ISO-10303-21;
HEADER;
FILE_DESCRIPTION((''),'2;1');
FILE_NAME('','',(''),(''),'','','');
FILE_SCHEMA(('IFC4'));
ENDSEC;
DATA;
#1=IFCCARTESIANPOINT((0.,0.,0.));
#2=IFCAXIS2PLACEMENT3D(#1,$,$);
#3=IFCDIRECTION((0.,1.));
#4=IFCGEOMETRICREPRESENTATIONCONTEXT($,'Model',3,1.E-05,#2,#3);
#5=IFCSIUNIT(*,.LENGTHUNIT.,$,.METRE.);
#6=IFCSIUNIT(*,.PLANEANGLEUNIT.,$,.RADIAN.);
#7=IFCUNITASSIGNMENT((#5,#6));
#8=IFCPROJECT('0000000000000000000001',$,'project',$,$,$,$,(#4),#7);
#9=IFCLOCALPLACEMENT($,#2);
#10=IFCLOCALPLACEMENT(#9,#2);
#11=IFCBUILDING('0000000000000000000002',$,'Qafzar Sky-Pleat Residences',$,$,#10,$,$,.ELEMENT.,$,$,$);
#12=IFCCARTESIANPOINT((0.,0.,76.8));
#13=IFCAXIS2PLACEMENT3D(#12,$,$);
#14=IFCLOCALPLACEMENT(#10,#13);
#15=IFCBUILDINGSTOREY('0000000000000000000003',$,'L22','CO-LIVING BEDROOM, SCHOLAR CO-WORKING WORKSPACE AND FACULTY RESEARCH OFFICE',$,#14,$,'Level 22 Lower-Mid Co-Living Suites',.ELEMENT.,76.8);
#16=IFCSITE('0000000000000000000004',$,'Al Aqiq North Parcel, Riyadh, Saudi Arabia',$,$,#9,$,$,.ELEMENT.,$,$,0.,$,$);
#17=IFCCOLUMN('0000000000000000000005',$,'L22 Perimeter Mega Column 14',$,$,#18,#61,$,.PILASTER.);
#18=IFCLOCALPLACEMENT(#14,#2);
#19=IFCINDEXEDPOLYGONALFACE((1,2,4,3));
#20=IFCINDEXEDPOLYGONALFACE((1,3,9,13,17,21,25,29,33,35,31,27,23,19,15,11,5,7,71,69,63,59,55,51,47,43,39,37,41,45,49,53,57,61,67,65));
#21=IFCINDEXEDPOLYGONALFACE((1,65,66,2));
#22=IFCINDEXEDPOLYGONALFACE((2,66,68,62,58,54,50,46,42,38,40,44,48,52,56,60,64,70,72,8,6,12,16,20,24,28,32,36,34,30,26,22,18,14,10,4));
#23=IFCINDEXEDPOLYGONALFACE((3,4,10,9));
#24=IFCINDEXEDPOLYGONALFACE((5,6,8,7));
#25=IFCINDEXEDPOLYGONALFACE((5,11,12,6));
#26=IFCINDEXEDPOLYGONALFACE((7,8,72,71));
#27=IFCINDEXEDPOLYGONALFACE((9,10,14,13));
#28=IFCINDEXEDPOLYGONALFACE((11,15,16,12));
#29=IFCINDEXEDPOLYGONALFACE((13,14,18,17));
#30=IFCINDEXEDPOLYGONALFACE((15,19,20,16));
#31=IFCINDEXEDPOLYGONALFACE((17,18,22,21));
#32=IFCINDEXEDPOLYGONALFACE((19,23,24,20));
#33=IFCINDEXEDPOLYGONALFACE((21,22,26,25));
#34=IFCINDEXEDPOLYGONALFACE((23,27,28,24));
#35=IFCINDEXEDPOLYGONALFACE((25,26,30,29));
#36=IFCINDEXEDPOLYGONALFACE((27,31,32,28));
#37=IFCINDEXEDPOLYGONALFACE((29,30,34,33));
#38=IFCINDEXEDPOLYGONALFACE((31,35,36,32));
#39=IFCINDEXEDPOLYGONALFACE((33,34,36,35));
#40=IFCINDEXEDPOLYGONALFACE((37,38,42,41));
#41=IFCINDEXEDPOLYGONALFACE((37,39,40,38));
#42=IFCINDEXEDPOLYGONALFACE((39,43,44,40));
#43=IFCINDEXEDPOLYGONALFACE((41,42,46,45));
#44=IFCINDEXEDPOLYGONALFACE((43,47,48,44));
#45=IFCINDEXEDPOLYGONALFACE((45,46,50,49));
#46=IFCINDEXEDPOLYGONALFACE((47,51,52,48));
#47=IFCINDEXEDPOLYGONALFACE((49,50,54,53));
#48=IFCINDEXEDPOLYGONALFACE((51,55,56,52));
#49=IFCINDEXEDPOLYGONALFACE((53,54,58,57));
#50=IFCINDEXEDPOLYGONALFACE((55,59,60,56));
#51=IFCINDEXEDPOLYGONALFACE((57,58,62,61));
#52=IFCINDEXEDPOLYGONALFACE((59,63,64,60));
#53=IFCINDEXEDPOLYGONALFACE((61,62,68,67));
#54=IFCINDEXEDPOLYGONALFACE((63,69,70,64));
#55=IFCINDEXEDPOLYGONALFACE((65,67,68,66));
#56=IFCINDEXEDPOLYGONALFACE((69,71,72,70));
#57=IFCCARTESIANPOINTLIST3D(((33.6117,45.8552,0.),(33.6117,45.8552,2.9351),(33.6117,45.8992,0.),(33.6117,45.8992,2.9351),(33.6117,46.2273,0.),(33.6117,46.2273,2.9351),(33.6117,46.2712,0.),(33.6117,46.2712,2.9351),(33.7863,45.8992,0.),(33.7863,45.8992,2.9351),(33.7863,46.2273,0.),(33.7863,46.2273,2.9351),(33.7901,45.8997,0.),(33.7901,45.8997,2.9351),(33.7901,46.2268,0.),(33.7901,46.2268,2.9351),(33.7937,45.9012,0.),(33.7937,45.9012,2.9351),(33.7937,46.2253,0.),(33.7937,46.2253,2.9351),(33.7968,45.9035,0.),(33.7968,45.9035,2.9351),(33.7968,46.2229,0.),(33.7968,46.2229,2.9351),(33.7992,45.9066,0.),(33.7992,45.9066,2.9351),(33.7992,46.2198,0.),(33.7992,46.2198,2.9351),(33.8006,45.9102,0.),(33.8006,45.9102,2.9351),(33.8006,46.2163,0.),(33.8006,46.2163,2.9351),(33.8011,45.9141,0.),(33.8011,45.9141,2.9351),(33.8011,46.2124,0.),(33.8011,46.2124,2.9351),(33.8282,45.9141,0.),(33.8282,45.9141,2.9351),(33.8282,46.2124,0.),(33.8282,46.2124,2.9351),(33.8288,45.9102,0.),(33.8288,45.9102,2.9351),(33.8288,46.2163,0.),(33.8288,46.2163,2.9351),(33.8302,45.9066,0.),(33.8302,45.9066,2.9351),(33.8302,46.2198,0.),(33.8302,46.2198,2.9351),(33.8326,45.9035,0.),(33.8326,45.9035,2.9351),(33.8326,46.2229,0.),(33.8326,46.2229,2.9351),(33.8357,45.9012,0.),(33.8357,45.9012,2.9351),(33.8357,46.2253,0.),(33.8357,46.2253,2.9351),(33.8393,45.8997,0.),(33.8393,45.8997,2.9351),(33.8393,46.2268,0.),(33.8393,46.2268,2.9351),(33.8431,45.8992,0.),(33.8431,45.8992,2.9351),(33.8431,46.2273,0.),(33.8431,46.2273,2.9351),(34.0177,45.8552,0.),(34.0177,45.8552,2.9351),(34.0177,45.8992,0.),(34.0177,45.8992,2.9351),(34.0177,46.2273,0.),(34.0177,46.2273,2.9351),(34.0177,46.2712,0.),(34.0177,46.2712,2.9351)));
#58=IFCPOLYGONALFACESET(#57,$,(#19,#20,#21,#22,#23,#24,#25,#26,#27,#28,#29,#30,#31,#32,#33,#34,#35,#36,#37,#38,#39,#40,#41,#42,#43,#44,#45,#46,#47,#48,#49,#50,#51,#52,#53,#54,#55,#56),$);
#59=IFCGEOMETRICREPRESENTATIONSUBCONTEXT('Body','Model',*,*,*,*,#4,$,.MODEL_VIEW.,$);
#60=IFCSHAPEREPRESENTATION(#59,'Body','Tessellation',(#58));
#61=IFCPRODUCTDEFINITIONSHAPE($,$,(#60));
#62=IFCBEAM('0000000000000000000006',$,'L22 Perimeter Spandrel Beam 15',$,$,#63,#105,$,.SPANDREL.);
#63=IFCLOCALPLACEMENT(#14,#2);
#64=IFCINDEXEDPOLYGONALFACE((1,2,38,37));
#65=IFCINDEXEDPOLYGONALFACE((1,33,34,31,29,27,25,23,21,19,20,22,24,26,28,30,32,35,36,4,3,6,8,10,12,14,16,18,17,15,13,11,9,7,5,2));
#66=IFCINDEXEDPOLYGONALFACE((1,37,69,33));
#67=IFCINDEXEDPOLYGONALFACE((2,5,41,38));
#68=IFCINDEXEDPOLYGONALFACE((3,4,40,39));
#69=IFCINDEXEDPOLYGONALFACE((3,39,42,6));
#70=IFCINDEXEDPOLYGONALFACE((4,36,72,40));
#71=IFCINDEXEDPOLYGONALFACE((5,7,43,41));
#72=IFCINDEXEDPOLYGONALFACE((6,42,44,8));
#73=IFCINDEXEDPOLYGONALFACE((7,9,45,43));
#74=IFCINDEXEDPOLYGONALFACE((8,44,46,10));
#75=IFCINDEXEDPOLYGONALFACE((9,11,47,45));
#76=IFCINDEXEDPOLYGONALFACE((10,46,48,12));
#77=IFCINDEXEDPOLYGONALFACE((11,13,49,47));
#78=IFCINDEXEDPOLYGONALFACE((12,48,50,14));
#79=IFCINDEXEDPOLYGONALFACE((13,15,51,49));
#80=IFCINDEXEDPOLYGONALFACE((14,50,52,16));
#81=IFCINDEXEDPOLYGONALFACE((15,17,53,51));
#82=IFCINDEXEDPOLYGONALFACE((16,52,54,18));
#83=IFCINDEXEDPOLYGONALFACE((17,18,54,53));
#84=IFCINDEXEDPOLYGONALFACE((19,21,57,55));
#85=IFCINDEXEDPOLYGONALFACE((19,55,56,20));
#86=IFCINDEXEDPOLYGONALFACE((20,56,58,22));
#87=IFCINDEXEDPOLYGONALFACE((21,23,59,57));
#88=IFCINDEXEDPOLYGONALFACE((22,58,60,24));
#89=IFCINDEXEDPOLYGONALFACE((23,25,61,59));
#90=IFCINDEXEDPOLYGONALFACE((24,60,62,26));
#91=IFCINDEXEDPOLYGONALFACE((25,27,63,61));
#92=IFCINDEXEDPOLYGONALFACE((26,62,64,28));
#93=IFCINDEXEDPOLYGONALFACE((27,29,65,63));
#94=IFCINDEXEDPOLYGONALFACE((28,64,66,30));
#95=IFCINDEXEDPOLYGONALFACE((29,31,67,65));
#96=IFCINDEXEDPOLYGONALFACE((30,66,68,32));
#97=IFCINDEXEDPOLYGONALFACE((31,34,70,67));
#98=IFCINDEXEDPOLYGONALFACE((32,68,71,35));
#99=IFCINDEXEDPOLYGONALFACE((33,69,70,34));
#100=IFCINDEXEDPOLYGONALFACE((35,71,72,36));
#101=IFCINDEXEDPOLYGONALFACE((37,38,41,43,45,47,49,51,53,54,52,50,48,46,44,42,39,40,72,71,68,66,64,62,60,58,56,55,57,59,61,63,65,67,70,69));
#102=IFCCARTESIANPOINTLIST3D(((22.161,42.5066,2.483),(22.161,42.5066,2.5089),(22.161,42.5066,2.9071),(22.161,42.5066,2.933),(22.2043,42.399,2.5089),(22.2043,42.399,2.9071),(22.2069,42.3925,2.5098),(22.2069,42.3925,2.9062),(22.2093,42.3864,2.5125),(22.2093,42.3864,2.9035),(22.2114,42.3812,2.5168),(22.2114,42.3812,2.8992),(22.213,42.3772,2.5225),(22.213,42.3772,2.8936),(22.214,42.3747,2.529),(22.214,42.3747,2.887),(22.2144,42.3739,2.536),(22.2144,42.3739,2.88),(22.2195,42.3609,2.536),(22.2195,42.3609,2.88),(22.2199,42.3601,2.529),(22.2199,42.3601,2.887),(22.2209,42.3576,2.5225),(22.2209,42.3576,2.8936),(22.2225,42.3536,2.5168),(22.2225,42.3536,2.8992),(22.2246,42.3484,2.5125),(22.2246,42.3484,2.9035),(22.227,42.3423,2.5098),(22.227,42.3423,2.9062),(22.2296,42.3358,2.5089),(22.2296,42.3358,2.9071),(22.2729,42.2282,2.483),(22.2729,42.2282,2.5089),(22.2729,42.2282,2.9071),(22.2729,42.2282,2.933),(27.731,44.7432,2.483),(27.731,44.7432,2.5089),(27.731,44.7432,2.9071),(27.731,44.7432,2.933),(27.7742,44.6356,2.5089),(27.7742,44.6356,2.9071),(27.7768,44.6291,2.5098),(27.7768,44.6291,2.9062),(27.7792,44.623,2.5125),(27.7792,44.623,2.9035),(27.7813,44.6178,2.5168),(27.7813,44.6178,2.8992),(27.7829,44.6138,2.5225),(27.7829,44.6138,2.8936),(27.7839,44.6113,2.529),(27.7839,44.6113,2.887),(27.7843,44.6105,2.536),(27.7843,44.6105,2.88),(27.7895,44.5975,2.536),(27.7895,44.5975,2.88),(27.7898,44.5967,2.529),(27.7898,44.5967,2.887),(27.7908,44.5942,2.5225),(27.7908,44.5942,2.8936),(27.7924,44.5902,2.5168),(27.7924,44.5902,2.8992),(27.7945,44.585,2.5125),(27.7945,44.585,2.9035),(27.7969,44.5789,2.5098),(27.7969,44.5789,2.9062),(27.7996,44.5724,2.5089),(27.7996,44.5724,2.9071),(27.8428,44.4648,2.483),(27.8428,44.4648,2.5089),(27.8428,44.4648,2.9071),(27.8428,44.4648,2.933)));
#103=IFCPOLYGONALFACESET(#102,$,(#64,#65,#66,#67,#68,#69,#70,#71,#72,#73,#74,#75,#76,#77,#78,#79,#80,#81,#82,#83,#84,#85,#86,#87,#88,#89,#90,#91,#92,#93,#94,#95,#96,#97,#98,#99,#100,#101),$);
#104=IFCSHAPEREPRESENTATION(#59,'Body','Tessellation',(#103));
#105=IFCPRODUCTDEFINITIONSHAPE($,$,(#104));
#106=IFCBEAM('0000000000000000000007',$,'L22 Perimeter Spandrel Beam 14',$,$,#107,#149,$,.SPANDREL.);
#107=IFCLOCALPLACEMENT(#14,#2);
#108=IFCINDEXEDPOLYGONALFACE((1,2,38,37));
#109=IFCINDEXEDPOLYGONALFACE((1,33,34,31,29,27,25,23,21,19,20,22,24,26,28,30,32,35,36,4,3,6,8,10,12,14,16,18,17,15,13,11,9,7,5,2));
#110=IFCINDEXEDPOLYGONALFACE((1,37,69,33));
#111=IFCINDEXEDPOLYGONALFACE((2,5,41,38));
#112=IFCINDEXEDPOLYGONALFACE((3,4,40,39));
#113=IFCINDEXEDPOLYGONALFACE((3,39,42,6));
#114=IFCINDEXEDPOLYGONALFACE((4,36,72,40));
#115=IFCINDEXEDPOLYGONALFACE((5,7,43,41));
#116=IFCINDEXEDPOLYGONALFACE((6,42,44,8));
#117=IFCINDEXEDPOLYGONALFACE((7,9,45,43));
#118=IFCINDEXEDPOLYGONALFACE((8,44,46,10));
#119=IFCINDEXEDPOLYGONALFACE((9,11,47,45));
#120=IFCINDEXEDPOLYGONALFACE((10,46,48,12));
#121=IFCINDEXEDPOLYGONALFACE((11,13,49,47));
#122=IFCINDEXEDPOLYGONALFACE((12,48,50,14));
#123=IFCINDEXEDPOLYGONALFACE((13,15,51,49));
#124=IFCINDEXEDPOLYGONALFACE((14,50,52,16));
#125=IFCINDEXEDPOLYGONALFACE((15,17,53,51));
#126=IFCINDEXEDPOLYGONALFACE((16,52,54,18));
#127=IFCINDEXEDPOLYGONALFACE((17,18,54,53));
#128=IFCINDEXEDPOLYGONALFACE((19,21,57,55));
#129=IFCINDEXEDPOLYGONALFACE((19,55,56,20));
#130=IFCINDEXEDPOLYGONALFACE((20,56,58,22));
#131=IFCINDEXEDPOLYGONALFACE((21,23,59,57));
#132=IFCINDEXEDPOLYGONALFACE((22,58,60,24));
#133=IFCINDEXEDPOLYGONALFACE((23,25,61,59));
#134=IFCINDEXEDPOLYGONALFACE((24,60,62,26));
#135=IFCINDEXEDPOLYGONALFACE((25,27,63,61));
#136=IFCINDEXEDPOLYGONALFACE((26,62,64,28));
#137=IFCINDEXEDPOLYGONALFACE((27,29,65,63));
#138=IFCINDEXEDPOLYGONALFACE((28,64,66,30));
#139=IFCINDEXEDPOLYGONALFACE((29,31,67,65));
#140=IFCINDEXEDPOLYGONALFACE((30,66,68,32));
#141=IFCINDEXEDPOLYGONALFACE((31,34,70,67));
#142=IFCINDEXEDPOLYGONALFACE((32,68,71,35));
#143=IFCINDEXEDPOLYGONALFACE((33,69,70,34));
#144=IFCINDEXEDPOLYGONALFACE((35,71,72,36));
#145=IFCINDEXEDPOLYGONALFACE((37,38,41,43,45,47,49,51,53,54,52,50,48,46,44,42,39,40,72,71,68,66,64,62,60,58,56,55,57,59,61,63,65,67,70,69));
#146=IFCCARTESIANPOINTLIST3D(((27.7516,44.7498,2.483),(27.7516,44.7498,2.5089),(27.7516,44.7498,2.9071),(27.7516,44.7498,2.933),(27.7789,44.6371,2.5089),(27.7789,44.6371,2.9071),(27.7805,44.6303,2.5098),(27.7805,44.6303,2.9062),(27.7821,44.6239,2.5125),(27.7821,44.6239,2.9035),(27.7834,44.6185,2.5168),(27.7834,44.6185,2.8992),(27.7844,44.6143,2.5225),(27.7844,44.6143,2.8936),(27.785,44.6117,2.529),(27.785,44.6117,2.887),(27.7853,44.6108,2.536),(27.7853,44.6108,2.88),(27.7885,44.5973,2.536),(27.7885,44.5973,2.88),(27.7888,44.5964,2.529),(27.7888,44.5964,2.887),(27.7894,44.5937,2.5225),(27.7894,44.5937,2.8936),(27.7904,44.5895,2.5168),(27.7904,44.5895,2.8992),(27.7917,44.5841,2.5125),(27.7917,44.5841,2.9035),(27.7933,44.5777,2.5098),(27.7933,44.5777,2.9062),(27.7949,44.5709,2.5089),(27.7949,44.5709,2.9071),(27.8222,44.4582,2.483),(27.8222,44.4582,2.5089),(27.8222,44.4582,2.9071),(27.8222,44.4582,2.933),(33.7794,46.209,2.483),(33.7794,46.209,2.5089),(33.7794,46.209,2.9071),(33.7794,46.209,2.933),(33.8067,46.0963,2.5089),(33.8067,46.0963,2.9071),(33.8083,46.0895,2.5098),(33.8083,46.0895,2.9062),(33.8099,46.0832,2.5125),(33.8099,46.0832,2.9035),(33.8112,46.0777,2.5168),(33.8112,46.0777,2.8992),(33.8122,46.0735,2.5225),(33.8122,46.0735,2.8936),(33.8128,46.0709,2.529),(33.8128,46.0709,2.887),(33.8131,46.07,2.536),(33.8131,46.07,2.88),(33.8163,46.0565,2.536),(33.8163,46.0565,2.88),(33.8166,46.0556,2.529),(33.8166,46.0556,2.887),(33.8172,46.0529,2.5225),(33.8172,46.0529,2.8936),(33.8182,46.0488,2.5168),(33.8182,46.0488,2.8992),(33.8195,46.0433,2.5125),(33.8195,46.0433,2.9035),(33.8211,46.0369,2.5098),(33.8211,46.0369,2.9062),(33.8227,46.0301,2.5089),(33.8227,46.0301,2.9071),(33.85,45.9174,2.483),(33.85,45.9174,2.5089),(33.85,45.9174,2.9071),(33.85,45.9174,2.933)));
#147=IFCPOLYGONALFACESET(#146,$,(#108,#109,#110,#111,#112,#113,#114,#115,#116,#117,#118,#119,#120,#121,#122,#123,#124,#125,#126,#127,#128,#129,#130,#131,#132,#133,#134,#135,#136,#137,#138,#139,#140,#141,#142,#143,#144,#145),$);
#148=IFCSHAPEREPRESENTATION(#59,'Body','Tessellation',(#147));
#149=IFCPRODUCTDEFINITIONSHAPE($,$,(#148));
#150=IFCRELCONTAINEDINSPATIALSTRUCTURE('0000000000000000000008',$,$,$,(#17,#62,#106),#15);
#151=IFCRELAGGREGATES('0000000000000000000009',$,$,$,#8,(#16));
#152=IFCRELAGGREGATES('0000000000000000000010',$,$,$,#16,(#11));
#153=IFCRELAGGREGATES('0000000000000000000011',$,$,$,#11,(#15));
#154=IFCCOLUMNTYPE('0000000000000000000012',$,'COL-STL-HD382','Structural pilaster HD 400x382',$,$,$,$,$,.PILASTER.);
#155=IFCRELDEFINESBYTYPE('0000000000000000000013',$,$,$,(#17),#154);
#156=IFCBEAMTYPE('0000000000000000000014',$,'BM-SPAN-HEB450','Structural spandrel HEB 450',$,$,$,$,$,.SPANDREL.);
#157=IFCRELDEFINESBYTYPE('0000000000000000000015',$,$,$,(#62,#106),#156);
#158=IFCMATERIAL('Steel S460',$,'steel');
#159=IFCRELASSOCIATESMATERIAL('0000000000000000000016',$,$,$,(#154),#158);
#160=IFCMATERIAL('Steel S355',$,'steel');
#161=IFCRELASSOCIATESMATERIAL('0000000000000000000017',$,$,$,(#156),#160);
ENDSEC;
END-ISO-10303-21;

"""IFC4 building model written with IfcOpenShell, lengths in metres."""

from ifc_helpers import new_model, si_unit, direction, frame, origin, origin_2d, place, context, subcontext, project, spatial, i_section, extrude, source, transform, mapped, material, material_profile, profile_set, type_object, element, save


model = new_model("IFC4")

# Units and contexts
model_context = context("Model", 3, precision=1e-05, world=origin(), true_north=direction((0.0, 1.0)))
body_context = subcontext(model_context, "Body", "Model", "MODEL_VIEW")
ifc_project = project(units=[si_unit("LENGTHUNIT", "METRE"), si_unit("PLANEANGLEUNIT", "RADIAN")], contexts=[model_context])

# Site, building, storey
site_placement = place(None, origin())
site = spatial("IfcSite", under=ifc_project, at=site_placement, Name="Al Aqiq North Parcel, Riyadh, Saudi Arabia", CompositionType="ELEMENT", RefElevation=0.0)
building_placement = place(site_placement, origin())
building = spatial("IfcBuilding", under=site, at=building_placement, Name="Qafzar Sky-Pleat Residences", CompositionType="ELEMENT")
storey_placement = place(building_placement, frame((0.0, 0.0, 76.8)))
storey = spatial("IfcBuildingStorey", under=building, at=storey_placement, Name="L22", Description="CO-LIVING BEDROOM, SCHOLAR CO-WORKING WORKSPACE AND FACULTY RESEARCH OFFICE", LongName="Level 22 Lower-Mid Co-Living Suites", CompositionType="ELEMENT", Elevation=76.8)

# Column
ifc_material_1 = material(Name="Steel S460", Category="steel")
ifc_material_profile_1 = material_profile(ifc_material_1, i_section(OverallWidth=0.406, OverallDepth=0.416, WebThickness=0.0271, FlangeThickness=0.0439, FilletRadius=0.0149, at=origin_2d()), Name="HD 400x382")
ifc_profile_set_1 = profile_set([ifc_material_profile_1], Name="Steel S460")
column_type = type_object("IfcColumnType", Name="COL-STL-HD382", Description="Structural pilaster HD 400x382", PredefinedType="PILASTER", material=ifc_profile_set_1)
shared_shape_1 = source(origin(), body_context, "Body", "SweptSolid", [
    extrude(i_section(OverallWidth=0.406, OverallDepth=0.416, WebThickness=0.0271, FlangeThickness=0.0439, FilletRadius=0.0149, at=origin_2d()), origin(), (0.0, 0.0, 1.0), 2.9351),
])
column_placement = place(storey_placement, frame((33.8147, 46.0632, 0.0), z_axis=(0.0, 0.0, 1.0), x_axis=(1.0, 0.0, 0.0)))
element("IfcColumn", 1, at=column_placement, inside=storey, type_object=column_type, Name="L22 Perimeter Mega Column 14", PredefinedType="PILASTER", context=body_context, shape_type="MappedRepresentation", body=[
    mapped(shared_shape_1, transform((0.0, 0.0, 0.0), x_axis=(1.0, 0.0, 0.0), y_axis=(0.0, 1.0, 0.0), z_axis=(0.0, 0.0, 1.0), scale=1.0)),
])

# Beams
ifc_material_2 = material(Name="Steel S355", Category="steel")
ifc_material_profile_2 = material_profile(ifc_material_2, i_section(OverallWidth=0.3, OverallDepth=0.45, WebThickness=0.0139, FlangeThickness=0.0259, FilletRadius=0.0271, at=origin_2d()), Name="HEB 450")
ifc_profile_set_2 = profile_set([ifc_material_profile_2], Name="Steel S355")
beam_type_1 = type_object("IfcBeamType", Name="BM-SPAN-HEB450", Description="Structural spandrel HEB 450", PredefinedType="SPANDREL", material=ifc_profile_set_2)
shared_shape_2 = source(origin(), body_context, "Body", "SweptSolid", [
    extrude(i_section(OverallWidth=0.3, OverallDepth=0.45, WebThickness=0.0139, FlangeThickness=0.0259, FilletRadius=0.0271, at=origin_2d()), origin(), (0.0, 0.0, 1.0), 6.0022),
])
beam_1_placement = place(storey_placement, frame((27.7869, 44.604, 2.708), z_axis=(-0.927979, -0.372632, 0.0), x_axis=(0.372632, -0.927979, 0.0)))
element("IfcBeam", 2, at=beam_1_placement, inside=storey, type_object=beam_type_1, Name="L22 Perimeter Spandrel Beam 15", PredefinedType="SPANDREL", context=body_context, shape_type="MappedRepresentation", body=[
    mapped(shared_shape_2, transform((0.0, 0.0, 0.0), x_axis=(1.0, 0.0, 0.0), y_axis=(0.0, 1.0, 0.0), z_axis=(0.0, 0.0, 1.0), scale=1.0)),
])
shared_shape_3 = source(origin(), body_context, "Body", "SweptSolid", [
    extrude(i_section(OverallWidth=0.3, OverallDepth=0.45, WebThickness=0.0139, FlangeThickness=0.0259, FilletRadius=0.0271, at=origin_2d()), origin(), (0.0, 0.0, 1.0), 6.2019),
])
beam_2_placement = place(storey_placement, frame((33.8147, 46.0632, 2.708), z_axis=(-0.971926, -0.235286, 0.0), x_axis=(0.235286, -0.971926, 0.0)))
element("IfcBeam", 3, at=beam_2_placement, inside=storey, type_object=beam_type_1, Name="L22 Perimeter Spandrel Beam 14", PredefinedType="SPANDREL", context=body_context, shape_type="MappedRepresentation", body=[
    mapped(shared_shape_3, transform((0.0, 0.0, 0.0), x_axis=(1.0, 0.0, 0.0), y_axis=(0.0, 1.0, 0.0), z_axis=(0.0, 0.0, 1.0), scale=1.0)),
])

save(model, "model.ifc")
